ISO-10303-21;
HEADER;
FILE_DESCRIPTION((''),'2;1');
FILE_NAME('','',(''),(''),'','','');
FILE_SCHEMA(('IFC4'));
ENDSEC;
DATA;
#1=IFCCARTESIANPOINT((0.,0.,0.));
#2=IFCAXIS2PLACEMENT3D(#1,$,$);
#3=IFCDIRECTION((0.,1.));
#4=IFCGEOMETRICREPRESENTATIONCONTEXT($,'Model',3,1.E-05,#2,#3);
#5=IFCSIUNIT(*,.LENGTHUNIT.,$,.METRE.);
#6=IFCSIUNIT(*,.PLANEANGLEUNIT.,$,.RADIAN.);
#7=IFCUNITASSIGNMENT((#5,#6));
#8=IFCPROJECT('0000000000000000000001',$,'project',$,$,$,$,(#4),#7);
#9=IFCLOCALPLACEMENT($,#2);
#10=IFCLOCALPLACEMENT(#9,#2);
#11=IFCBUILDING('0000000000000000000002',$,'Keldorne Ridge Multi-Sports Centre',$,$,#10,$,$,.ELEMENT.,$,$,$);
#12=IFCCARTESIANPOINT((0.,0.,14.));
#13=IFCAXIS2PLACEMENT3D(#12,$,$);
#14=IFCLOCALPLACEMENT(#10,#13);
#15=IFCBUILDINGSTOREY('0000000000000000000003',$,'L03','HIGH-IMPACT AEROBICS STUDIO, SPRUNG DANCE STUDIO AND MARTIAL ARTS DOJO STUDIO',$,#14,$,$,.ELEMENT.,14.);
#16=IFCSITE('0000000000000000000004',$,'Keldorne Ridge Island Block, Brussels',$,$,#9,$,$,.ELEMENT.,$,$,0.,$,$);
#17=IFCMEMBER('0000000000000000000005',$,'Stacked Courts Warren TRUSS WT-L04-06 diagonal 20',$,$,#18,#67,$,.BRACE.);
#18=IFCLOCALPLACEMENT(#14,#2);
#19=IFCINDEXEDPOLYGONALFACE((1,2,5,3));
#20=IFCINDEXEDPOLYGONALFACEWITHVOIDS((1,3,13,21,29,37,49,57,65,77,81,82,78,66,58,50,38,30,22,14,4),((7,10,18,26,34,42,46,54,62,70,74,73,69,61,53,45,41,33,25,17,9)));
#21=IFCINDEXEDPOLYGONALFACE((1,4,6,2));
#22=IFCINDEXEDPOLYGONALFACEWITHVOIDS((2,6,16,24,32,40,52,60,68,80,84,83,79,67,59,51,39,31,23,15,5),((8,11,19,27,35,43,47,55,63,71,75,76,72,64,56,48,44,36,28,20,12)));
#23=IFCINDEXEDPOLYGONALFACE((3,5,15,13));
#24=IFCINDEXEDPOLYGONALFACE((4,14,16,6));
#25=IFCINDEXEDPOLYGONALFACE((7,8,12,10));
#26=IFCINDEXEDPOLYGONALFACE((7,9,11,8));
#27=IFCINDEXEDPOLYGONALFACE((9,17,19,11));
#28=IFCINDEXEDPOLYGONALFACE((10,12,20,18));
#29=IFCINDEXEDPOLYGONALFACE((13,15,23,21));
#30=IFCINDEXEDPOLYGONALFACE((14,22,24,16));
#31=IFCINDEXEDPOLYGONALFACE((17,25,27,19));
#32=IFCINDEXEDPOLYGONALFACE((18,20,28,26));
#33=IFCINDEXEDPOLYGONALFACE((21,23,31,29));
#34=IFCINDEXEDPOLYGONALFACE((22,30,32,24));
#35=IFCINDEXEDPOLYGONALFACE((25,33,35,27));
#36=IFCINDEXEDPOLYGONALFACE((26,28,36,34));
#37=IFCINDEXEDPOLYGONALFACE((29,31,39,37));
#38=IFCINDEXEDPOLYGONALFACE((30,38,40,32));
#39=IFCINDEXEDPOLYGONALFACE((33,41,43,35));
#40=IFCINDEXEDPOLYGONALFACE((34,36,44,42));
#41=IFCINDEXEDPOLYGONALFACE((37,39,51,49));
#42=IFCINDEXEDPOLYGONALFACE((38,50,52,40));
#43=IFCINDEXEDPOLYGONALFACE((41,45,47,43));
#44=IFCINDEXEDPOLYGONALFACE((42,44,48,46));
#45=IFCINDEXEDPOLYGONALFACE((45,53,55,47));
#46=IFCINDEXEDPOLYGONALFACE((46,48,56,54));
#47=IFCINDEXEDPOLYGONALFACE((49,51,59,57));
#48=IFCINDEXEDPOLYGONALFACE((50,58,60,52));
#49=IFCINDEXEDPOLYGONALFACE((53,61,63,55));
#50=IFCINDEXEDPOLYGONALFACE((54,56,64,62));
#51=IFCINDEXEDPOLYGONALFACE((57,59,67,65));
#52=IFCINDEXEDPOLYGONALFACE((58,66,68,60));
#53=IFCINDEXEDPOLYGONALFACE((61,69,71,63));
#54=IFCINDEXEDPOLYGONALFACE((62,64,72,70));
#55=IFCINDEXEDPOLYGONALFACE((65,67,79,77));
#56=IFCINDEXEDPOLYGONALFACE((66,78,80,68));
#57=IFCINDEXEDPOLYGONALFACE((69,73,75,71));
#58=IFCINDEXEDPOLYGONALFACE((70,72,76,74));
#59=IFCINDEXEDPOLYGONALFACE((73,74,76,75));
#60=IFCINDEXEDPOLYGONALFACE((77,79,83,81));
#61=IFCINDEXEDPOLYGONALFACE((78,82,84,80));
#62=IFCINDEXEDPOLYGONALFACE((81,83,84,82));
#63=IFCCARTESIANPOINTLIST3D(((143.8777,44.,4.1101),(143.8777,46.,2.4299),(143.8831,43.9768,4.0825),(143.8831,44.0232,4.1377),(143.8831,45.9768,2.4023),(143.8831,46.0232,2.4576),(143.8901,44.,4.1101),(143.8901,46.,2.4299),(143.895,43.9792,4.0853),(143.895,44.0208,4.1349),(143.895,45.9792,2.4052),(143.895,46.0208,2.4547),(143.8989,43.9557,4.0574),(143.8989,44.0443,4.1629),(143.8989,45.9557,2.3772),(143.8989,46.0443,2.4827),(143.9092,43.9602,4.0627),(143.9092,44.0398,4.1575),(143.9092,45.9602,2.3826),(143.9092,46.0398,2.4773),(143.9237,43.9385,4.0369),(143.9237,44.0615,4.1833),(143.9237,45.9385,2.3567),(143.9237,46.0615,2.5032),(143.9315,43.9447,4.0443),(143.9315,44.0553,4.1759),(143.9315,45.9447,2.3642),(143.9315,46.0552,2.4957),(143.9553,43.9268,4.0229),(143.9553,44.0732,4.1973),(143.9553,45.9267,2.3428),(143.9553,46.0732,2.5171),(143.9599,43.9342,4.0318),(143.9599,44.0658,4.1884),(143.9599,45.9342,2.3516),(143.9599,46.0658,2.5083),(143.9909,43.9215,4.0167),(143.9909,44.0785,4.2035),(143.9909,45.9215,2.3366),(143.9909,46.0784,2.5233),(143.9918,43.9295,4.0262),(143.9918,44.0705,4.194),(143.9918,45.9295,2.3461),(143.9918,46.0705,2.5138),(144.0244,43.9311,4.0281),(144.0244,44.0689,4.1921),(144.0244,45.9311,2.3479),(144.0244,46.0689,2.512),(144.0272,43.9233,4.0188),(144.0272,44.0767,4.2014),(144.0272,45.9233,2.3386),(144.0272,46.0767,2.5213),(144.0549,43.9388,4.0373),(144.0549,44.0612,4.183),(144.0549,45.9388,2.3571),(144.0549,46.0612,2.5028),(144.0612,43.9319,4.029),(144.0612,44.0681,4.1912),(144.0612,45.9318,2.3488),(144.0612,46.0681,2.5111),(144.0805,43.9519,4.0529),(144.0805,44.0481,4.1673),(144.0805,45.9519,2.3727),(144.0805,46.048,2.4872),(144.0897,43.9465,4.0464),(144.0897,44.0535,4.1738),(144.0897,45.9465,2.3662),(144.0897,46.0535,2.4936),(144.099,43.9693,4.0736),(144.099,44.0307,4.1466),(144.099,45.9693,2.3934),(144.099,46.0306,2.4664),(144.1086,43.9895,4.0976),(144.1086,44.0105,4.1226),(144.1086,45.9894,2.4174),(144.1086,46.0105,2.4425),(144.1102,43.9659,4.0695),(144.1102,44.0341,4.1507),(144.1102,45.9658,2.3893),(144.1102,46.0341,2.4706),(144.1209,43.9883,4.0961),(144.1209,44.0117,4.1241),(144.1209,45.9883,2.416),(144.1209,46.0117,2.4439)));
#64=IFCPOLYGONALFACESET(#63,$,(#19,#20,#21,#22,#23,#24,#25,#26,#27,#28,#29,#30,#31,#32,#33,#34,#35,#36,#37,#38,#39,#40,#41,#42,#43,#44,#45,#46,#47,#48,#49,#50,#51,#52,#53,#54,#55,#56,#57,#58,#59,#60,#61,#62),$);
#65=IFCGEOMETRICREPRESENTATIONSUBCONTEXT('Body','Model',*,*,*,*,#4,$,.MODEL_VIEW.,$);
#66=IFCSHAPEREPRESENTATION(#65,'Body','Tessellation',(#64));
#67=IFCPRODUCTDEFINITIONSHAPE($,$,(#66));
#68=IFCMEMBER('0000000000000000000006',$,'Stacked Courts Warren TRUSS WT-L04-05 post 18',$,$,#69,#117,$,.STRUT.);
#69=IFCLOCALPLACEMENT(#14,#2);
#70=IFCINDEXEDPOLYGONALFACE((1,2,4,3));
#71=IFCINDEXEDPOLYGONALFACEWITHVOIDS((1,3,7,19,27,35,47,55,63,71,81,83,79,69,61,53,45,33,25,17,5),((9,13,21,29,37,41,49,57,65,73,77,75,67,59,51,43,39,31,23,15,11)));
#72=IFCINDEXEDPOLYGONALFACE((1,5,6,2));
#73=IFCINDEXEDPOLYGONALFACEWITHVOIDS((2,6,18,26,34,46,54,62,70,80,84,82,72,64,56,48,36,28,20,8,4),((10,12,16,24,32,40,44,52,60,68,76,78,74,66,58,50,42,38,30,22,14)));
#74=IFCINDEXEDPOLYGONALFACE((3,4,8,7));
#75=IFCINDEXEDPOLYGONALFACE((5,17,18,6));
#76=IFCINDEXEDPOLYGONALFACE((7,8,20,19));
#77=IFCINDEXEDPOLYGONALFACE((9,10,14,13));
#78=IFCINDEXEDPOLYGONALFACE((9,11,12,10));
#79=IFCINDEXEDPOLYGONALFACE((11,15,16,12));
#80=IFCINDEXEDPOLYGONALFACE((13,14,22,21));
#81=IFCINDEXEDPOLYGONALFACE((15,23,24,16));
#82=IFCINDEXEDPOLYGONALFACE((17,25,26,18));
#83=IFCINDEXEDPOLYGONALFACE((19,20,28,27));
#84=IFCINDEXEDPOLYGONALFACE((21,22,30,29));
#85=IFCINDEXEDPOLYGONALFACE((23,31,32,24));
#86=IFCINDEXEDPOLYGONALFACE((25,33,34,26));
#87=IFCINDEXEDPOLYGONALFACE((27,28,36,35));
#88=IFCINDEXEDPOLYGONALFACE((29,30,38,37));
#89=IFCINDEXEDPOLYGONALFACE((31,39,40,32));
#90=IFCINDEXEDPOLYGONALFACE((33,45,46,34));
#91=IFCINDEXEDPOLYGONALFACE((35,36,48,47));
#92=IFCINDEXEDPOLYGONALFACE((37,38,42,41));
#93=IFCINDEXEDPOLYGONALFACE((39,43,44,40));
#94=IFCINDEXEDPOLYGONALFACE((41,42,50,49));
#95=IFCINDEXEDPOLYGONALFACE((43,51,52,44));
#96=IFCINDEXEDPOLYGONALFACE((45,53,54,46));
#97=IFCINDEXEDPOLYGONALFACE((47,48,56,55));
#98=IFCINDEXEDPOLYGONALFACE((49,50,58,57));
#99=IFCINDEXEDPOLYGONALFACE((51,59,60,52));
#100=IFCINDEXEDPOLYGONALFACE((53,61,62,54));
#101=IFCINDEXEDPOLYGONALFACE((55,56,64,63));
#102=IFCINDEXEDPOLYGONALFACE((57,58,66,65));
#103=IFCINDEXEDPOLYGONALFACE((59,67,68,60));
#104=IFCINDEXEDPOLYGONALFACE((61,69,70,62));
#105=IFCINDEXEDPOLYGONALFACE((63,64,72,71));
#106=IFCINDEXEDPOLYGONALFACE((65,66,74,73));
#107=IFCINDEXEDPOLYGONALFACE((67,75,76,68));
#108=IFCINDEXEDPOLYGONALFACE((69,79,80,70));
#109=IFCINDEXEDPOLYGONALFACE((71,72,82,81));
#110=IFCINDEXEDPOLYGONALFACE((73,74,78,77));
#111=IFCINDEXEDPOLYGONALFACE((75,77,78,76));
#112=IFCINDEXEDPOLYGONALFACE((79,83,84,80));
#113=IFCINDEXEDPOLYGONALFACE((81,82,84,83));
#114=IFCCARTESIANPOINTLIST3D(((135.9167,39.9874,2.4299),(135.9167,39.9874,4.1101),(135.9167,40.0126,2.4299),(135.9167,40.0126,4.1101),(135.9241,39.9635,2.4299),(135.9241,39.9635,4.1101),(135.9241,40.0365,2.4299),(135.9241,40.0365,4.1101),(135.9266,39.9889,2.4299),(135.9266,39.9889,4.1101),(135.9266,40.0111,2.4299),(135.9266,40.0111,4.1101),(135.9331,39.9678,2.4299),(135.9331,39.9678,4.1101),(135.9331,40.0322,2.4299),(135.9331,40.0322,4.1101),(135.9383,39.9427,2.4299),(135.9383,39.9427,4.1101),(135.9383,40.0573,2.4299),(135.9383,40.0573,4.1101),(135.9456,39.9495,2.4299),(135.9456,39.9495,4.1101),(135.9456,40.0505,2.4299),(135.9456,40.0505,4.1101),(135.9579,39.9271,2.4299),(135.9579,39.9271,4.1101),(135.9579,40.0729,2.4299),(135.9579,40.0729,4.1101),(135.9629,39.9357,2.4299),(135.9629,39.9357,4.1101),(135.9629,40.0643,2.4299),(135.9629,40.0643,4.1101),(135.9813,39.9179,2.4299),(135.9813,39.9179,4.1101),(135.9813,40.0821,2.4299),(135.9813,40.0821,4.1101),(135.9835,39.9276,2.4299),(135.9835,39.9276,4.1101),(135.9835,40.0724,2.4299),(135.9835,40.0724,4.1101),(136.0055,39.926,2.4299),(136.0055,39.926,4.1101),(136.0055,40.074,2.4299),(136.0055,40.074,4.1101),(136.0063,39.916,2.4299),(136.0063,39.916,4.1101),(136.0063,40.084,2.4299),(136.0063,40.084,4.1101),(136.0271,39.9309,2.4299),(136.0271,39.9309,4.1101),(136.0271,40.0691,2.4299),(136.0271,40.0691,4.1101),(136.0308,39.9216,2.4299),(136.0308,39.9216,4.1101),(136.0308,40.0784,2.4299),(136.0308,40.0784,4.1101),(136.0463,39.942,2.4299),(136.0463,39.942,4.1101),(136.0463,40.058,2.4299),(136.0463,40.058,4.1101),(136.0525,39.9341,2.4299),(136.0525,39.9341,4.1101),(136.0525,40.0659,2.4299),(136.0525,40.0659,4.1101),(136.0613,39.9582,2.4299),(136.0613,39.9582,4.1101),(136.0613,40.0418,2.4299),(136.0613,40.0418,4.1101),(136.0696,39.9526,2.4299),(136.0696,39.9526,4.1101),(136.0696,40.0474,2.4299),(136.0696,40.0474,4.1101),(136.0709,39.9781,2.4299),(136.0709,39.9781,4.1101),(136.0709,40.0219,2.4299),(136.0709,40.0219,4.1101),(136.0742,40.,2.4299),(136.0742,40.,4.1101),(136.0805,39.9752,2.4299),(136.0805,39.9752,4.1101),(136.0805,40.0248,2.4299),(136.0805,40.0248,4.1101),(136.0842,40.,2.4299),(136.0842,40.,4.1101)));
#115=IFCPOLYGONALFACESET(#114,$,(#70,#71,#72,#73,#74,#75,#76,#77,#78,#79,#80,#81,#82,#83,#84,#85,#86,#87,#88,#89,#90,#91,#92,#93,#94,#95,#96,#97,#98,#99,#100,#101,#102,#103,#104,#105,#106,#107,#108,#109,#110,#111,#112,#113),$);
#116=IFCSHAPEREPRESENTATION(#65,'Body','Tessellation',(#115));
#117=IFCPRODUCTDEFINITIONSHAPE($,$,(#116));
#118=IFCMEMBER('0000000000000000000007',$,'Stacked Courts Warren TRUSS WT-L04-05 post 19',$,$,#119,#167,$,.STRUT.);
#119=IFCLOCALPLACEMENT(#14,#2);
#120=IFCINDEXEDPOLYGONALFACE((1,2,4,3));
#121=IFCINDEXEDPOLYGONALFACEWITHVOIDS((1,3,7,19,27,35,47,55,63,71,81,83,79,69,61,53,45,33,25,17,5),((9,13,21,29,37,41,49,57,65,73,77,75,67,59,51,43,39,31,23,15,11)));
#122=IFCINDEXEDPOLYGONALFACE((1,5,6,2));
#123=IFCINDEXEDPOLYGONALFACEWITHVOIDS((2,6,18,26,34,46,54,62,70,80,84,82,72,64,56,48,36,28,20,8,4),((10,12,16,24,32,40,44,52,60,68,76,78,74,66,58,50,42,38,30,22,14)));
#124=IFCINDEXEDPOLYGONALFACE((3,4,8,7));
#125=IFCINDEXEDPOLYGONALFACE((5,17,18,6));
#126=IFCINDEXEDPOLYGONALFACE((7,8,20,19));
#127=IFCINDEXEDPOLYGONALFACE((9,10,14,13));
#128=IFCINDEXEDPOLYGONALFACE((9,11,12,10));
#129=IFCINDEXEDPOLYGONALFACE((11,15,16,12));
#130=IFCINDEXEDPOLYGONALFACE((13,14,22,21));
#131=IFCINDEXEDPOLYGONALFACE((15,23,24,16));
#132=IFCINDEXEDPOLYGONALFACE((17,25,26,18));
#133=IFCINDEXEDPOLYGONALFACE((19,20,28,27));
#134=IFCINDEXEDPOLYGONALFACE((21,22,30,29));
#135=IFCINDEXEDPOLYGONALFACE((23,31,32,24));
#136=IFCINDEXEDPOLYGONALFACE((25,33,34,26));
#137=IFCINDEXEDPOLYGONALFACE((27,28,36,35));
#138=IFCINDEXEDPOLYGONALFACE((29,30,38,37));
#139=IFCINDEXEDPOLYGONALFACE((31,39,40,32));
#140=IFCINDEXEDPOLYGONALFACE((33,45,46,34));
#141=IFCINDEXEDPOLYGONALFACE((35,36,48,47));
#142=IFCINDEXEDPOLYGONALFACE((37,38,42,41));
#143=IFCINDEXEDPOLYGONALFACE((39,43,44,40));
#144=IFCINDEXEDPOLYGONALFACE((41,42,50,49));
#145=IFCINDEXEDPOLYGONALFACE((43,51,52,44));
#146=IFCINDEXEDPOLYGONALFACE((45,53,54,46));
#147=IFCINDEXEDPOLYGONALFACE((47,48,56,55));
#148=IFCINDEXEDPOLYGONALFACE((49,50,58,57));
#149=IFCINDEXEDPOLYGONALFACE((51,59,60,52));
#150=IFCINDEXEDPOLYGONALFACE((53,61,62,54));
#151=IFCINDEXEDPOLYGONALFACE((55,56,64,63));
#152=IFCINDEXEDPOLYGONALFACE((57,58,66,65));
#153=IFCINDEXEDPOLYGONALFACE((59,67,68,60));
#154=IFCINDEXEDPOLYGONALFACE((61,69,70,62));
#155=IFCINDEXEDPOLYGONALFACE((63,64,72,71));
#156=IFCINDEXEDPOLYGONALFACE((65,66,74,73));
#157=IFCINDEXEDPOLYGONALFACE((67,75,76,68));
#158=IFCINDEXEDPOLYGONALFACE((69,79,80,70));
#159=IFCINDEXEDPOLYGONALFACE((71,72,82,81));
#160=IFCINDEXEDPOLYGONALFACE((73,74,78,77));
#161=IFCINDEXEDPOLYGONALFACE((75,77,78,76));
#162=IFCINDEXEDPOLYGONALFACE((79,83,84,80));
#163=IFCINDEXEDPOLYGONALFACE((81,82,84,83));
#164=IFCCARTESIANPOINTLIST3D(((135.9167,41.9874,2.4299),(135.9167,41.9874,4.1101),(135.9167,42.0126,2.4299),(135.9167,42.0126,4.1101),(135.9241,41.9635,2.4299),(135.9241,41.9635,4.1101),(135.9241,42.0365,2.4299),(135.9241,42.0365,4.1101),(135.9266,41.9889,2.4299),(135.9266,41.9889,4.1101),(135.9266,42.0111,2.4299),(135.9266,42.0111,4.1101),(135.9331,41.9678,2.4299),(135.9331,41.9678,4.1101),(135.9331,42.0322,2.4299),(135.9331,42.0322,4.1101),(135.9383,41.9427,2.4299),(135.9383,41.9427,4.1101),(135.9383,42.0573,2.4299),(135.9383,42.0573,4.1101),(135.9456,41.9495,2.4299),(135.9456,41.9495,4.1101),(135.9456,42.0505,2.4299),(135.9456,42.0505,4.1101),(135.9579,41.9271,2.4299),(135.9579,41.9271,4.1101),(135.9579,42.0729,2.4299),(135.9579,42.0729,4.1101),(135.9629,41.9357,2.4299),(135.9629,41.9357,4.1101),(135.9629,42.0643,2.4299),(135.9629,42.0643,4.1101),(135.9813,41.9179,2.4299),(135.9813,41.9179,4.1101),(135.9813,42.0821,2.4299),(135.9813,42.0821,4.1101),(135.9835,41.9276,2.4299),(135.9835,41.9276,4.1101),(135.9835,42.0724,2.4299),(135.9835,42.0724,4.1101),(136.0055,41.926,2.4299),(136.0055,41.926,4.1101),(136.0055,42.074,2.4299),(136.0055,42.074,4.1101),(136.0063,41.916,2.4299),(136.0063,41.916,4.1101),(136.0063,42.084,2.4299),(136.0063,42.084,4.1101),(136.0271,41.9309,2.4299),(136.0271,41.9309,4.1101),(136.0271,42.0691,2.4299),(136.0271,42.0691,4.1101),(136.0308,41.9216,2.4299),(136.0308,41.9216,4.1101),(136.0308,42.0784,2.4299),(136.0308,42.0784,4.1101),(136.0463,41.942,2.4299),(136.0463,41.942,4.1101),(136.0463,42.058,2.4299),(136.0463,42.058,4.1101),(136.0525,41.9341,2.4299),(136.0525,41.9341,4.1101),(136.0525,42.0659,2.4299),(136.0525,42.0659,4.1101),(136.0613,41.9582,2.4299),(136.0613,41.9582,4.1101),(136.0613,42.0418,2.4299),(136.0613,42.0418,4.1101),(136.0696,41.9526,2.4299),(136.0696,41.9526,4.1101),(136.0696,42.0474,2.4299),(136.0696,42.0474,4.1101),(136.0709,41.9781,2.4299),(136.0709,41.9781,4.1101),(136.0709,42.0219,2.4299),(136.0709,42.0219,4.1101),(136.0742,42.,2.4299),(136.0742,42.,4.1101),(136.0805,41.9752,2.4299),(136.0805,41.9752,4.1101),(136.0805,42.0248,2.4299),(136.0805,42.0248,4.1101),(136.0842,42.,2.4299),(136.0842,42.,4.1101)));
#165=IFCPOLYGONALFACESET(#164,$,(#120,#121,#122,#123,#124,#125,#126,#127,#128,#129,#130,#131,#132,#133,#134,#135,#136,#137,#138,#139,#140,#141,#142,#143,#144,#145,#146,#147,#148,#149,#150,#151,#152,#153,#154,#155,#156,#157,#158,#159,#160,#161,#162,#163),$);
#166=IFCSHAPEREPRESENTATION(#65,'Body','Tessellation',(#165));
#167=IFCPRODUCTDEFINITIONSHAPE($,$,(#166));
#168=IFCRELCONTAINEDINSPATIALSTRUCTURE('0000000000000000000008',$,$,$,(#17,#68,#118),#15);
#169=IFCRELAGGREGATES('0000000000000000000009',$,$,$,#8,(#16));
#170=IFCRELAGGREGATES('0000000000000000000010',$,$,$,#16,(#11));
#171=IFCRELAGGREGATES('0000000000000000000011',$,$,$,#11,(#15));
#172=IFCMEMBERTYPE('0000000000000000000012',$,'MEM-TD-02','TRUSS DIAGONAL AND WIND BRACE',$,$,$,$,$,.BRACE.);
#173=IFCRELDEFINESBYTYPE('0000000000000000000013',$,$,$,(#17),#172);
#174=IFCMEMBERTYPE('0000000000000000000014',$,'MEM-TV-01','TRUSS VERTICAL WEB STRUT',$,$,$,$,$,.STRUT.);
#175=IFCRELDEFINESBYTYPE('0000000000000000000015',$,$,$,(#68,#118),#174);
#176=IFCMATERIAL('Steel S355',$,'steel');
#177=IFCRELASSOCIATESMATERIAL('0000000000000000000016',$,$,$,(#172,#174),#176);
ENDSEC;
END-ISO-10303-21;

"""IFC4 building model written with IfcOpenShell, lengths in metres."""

from ifc_helpers import new_model, si_unit, direction, frame, origin, origin_2d, place, context, subcontext, project, spatial, hollow_circle, extrude, material, material_profile, profile_set, type_object, element, save


model = new_model("IFC4")

# Units and contexts
model_context = context("Model", 3, precision=1e-05, world=origin(), true_north=direction((0.0, 1.0)))
body_context = subcontext(model_context, "Body", "Model", "MODEL_VIEW")
ifc_project = project(units=[si_unit("LENGTHUNIT", "METRE"), si_unit("PLANEANGLEUNIT", "RADIAN")], contexts=[model_context])

# Site, building, storey
site_placement = place(None, origin())
site = spatial("IfcSite", under=ifc_project, at=site_placement, Name="Keldorne Ridge Island Block, Brussels", CompositionType="ELEMENT", RefElevation=0.0)
building_placement = place(site_placement, origin())
building = spatial("IfcBuilding", under=site, at=building_placement, Name="Keldorne Ridge Multi-Sports Centre", CompositionType="ELEMENT")
storey_placement = place(building_placement, frame((0.0, 0.0, 14.0)))
storey = spatial("IfcBuildingStorey", under=building, at=storey_placement, Name="L03", Description="HIGH-IMPACT AEROBICS STUDIO, SPRUNG DANCE STUDIO AND MARTIAL ARTS DOJO STUDIO", CompositionType="ELEMENT", Elevation=14.0)

# Members
ifc_material = material(Name="Steel S355", Category="steel")
ifc_material_profile_1 = material_profile(ifc_material, hollow_circle(Radius=0.1223, WallThickness=0.0125, at=origin_2d()), Name="CHS 244.5x12.5")
ifc_profile_set_1 = profile_set([ifc_material_profile_1], Name="Steel S355")
member_type_1 = type_object("IfcMemberType", Name="MEM-TD-02", Description="TRUSS DIAGONAL AND WIND BRACE", PredefinedType="BRACE", material=ifc_profile_set_1)
for number, where, z_axis, x_axis, name in (
    (1, (144.0, 44.0, 4.1101), (0.0, 0.765672, -0.643232), (-1.0, 0.0, 0.0), "Stacked Courts Warren TRUSS WT-L04-06 diagonal 20"),
):
    element("IfcMember", number, at=place(storey_placement, frame(where, z_axis=z_axis, x_axis=x_axis)), inside=storey, type_object=member_type_1, Name=name, PredefinedType="BRACE", context=body_context, shape_type="SweptSolid", body=[
        extrude(hollow_circle(Radius=0.1223, WallThickness=0.0125, at=origin_2d()), origin(), (0.0, 0.0, 1.0), 2.6121),
    ])
ifc_material_profile_2 = material_profile(ifc_material, hollow_circle(Radius=0.0842, WallThickness=0.01, at=origin_2d()), Name="CHS 168.3x10")
ifc_profile_set_2 = profile_set([ifc_material_profile_2], Name="Steel S355")
member_type_2 = type_object("IfcMemberType", Name="MEM-TV-01", Description="TRUSS VERTICAL WEB STRUT", PredefinedType="STRUT", material=ifc_profile_set_2)
for number, where, z_axis, x_axis, name in (
    (2, (136.0, 40.0, 2.4299), (0.0, 0.0, 1.0), (1.0, 0.0, 0.0), "Stacked Courts Warren TRUSS WT-L04-05 post 18"),
    (3, (136.0, 42.0, 2.4299), (0.0, 0.0, 1.0), (1.0, 0.0, 0.0), "Stacked Courts Warren TRUSS WT-L04-05 post 19"),
):
    element("IfcMember", number, at=place(storey_placement, frame(where, z_axis=z_axis, x_axis=x_axis)), inside=storey, type_object=member_type_2, Name=name, PredefinedType="STRUT", context=body_context, shape_type="SweptSolid", body=[
        extrude(hollow_circle(Radius=0.0842, WallThickness=0.01, at=origin_2d()), origin(), (0.0, 0.0, 1.0), 1.6802),
    ])

save(model, "model.ifc")
